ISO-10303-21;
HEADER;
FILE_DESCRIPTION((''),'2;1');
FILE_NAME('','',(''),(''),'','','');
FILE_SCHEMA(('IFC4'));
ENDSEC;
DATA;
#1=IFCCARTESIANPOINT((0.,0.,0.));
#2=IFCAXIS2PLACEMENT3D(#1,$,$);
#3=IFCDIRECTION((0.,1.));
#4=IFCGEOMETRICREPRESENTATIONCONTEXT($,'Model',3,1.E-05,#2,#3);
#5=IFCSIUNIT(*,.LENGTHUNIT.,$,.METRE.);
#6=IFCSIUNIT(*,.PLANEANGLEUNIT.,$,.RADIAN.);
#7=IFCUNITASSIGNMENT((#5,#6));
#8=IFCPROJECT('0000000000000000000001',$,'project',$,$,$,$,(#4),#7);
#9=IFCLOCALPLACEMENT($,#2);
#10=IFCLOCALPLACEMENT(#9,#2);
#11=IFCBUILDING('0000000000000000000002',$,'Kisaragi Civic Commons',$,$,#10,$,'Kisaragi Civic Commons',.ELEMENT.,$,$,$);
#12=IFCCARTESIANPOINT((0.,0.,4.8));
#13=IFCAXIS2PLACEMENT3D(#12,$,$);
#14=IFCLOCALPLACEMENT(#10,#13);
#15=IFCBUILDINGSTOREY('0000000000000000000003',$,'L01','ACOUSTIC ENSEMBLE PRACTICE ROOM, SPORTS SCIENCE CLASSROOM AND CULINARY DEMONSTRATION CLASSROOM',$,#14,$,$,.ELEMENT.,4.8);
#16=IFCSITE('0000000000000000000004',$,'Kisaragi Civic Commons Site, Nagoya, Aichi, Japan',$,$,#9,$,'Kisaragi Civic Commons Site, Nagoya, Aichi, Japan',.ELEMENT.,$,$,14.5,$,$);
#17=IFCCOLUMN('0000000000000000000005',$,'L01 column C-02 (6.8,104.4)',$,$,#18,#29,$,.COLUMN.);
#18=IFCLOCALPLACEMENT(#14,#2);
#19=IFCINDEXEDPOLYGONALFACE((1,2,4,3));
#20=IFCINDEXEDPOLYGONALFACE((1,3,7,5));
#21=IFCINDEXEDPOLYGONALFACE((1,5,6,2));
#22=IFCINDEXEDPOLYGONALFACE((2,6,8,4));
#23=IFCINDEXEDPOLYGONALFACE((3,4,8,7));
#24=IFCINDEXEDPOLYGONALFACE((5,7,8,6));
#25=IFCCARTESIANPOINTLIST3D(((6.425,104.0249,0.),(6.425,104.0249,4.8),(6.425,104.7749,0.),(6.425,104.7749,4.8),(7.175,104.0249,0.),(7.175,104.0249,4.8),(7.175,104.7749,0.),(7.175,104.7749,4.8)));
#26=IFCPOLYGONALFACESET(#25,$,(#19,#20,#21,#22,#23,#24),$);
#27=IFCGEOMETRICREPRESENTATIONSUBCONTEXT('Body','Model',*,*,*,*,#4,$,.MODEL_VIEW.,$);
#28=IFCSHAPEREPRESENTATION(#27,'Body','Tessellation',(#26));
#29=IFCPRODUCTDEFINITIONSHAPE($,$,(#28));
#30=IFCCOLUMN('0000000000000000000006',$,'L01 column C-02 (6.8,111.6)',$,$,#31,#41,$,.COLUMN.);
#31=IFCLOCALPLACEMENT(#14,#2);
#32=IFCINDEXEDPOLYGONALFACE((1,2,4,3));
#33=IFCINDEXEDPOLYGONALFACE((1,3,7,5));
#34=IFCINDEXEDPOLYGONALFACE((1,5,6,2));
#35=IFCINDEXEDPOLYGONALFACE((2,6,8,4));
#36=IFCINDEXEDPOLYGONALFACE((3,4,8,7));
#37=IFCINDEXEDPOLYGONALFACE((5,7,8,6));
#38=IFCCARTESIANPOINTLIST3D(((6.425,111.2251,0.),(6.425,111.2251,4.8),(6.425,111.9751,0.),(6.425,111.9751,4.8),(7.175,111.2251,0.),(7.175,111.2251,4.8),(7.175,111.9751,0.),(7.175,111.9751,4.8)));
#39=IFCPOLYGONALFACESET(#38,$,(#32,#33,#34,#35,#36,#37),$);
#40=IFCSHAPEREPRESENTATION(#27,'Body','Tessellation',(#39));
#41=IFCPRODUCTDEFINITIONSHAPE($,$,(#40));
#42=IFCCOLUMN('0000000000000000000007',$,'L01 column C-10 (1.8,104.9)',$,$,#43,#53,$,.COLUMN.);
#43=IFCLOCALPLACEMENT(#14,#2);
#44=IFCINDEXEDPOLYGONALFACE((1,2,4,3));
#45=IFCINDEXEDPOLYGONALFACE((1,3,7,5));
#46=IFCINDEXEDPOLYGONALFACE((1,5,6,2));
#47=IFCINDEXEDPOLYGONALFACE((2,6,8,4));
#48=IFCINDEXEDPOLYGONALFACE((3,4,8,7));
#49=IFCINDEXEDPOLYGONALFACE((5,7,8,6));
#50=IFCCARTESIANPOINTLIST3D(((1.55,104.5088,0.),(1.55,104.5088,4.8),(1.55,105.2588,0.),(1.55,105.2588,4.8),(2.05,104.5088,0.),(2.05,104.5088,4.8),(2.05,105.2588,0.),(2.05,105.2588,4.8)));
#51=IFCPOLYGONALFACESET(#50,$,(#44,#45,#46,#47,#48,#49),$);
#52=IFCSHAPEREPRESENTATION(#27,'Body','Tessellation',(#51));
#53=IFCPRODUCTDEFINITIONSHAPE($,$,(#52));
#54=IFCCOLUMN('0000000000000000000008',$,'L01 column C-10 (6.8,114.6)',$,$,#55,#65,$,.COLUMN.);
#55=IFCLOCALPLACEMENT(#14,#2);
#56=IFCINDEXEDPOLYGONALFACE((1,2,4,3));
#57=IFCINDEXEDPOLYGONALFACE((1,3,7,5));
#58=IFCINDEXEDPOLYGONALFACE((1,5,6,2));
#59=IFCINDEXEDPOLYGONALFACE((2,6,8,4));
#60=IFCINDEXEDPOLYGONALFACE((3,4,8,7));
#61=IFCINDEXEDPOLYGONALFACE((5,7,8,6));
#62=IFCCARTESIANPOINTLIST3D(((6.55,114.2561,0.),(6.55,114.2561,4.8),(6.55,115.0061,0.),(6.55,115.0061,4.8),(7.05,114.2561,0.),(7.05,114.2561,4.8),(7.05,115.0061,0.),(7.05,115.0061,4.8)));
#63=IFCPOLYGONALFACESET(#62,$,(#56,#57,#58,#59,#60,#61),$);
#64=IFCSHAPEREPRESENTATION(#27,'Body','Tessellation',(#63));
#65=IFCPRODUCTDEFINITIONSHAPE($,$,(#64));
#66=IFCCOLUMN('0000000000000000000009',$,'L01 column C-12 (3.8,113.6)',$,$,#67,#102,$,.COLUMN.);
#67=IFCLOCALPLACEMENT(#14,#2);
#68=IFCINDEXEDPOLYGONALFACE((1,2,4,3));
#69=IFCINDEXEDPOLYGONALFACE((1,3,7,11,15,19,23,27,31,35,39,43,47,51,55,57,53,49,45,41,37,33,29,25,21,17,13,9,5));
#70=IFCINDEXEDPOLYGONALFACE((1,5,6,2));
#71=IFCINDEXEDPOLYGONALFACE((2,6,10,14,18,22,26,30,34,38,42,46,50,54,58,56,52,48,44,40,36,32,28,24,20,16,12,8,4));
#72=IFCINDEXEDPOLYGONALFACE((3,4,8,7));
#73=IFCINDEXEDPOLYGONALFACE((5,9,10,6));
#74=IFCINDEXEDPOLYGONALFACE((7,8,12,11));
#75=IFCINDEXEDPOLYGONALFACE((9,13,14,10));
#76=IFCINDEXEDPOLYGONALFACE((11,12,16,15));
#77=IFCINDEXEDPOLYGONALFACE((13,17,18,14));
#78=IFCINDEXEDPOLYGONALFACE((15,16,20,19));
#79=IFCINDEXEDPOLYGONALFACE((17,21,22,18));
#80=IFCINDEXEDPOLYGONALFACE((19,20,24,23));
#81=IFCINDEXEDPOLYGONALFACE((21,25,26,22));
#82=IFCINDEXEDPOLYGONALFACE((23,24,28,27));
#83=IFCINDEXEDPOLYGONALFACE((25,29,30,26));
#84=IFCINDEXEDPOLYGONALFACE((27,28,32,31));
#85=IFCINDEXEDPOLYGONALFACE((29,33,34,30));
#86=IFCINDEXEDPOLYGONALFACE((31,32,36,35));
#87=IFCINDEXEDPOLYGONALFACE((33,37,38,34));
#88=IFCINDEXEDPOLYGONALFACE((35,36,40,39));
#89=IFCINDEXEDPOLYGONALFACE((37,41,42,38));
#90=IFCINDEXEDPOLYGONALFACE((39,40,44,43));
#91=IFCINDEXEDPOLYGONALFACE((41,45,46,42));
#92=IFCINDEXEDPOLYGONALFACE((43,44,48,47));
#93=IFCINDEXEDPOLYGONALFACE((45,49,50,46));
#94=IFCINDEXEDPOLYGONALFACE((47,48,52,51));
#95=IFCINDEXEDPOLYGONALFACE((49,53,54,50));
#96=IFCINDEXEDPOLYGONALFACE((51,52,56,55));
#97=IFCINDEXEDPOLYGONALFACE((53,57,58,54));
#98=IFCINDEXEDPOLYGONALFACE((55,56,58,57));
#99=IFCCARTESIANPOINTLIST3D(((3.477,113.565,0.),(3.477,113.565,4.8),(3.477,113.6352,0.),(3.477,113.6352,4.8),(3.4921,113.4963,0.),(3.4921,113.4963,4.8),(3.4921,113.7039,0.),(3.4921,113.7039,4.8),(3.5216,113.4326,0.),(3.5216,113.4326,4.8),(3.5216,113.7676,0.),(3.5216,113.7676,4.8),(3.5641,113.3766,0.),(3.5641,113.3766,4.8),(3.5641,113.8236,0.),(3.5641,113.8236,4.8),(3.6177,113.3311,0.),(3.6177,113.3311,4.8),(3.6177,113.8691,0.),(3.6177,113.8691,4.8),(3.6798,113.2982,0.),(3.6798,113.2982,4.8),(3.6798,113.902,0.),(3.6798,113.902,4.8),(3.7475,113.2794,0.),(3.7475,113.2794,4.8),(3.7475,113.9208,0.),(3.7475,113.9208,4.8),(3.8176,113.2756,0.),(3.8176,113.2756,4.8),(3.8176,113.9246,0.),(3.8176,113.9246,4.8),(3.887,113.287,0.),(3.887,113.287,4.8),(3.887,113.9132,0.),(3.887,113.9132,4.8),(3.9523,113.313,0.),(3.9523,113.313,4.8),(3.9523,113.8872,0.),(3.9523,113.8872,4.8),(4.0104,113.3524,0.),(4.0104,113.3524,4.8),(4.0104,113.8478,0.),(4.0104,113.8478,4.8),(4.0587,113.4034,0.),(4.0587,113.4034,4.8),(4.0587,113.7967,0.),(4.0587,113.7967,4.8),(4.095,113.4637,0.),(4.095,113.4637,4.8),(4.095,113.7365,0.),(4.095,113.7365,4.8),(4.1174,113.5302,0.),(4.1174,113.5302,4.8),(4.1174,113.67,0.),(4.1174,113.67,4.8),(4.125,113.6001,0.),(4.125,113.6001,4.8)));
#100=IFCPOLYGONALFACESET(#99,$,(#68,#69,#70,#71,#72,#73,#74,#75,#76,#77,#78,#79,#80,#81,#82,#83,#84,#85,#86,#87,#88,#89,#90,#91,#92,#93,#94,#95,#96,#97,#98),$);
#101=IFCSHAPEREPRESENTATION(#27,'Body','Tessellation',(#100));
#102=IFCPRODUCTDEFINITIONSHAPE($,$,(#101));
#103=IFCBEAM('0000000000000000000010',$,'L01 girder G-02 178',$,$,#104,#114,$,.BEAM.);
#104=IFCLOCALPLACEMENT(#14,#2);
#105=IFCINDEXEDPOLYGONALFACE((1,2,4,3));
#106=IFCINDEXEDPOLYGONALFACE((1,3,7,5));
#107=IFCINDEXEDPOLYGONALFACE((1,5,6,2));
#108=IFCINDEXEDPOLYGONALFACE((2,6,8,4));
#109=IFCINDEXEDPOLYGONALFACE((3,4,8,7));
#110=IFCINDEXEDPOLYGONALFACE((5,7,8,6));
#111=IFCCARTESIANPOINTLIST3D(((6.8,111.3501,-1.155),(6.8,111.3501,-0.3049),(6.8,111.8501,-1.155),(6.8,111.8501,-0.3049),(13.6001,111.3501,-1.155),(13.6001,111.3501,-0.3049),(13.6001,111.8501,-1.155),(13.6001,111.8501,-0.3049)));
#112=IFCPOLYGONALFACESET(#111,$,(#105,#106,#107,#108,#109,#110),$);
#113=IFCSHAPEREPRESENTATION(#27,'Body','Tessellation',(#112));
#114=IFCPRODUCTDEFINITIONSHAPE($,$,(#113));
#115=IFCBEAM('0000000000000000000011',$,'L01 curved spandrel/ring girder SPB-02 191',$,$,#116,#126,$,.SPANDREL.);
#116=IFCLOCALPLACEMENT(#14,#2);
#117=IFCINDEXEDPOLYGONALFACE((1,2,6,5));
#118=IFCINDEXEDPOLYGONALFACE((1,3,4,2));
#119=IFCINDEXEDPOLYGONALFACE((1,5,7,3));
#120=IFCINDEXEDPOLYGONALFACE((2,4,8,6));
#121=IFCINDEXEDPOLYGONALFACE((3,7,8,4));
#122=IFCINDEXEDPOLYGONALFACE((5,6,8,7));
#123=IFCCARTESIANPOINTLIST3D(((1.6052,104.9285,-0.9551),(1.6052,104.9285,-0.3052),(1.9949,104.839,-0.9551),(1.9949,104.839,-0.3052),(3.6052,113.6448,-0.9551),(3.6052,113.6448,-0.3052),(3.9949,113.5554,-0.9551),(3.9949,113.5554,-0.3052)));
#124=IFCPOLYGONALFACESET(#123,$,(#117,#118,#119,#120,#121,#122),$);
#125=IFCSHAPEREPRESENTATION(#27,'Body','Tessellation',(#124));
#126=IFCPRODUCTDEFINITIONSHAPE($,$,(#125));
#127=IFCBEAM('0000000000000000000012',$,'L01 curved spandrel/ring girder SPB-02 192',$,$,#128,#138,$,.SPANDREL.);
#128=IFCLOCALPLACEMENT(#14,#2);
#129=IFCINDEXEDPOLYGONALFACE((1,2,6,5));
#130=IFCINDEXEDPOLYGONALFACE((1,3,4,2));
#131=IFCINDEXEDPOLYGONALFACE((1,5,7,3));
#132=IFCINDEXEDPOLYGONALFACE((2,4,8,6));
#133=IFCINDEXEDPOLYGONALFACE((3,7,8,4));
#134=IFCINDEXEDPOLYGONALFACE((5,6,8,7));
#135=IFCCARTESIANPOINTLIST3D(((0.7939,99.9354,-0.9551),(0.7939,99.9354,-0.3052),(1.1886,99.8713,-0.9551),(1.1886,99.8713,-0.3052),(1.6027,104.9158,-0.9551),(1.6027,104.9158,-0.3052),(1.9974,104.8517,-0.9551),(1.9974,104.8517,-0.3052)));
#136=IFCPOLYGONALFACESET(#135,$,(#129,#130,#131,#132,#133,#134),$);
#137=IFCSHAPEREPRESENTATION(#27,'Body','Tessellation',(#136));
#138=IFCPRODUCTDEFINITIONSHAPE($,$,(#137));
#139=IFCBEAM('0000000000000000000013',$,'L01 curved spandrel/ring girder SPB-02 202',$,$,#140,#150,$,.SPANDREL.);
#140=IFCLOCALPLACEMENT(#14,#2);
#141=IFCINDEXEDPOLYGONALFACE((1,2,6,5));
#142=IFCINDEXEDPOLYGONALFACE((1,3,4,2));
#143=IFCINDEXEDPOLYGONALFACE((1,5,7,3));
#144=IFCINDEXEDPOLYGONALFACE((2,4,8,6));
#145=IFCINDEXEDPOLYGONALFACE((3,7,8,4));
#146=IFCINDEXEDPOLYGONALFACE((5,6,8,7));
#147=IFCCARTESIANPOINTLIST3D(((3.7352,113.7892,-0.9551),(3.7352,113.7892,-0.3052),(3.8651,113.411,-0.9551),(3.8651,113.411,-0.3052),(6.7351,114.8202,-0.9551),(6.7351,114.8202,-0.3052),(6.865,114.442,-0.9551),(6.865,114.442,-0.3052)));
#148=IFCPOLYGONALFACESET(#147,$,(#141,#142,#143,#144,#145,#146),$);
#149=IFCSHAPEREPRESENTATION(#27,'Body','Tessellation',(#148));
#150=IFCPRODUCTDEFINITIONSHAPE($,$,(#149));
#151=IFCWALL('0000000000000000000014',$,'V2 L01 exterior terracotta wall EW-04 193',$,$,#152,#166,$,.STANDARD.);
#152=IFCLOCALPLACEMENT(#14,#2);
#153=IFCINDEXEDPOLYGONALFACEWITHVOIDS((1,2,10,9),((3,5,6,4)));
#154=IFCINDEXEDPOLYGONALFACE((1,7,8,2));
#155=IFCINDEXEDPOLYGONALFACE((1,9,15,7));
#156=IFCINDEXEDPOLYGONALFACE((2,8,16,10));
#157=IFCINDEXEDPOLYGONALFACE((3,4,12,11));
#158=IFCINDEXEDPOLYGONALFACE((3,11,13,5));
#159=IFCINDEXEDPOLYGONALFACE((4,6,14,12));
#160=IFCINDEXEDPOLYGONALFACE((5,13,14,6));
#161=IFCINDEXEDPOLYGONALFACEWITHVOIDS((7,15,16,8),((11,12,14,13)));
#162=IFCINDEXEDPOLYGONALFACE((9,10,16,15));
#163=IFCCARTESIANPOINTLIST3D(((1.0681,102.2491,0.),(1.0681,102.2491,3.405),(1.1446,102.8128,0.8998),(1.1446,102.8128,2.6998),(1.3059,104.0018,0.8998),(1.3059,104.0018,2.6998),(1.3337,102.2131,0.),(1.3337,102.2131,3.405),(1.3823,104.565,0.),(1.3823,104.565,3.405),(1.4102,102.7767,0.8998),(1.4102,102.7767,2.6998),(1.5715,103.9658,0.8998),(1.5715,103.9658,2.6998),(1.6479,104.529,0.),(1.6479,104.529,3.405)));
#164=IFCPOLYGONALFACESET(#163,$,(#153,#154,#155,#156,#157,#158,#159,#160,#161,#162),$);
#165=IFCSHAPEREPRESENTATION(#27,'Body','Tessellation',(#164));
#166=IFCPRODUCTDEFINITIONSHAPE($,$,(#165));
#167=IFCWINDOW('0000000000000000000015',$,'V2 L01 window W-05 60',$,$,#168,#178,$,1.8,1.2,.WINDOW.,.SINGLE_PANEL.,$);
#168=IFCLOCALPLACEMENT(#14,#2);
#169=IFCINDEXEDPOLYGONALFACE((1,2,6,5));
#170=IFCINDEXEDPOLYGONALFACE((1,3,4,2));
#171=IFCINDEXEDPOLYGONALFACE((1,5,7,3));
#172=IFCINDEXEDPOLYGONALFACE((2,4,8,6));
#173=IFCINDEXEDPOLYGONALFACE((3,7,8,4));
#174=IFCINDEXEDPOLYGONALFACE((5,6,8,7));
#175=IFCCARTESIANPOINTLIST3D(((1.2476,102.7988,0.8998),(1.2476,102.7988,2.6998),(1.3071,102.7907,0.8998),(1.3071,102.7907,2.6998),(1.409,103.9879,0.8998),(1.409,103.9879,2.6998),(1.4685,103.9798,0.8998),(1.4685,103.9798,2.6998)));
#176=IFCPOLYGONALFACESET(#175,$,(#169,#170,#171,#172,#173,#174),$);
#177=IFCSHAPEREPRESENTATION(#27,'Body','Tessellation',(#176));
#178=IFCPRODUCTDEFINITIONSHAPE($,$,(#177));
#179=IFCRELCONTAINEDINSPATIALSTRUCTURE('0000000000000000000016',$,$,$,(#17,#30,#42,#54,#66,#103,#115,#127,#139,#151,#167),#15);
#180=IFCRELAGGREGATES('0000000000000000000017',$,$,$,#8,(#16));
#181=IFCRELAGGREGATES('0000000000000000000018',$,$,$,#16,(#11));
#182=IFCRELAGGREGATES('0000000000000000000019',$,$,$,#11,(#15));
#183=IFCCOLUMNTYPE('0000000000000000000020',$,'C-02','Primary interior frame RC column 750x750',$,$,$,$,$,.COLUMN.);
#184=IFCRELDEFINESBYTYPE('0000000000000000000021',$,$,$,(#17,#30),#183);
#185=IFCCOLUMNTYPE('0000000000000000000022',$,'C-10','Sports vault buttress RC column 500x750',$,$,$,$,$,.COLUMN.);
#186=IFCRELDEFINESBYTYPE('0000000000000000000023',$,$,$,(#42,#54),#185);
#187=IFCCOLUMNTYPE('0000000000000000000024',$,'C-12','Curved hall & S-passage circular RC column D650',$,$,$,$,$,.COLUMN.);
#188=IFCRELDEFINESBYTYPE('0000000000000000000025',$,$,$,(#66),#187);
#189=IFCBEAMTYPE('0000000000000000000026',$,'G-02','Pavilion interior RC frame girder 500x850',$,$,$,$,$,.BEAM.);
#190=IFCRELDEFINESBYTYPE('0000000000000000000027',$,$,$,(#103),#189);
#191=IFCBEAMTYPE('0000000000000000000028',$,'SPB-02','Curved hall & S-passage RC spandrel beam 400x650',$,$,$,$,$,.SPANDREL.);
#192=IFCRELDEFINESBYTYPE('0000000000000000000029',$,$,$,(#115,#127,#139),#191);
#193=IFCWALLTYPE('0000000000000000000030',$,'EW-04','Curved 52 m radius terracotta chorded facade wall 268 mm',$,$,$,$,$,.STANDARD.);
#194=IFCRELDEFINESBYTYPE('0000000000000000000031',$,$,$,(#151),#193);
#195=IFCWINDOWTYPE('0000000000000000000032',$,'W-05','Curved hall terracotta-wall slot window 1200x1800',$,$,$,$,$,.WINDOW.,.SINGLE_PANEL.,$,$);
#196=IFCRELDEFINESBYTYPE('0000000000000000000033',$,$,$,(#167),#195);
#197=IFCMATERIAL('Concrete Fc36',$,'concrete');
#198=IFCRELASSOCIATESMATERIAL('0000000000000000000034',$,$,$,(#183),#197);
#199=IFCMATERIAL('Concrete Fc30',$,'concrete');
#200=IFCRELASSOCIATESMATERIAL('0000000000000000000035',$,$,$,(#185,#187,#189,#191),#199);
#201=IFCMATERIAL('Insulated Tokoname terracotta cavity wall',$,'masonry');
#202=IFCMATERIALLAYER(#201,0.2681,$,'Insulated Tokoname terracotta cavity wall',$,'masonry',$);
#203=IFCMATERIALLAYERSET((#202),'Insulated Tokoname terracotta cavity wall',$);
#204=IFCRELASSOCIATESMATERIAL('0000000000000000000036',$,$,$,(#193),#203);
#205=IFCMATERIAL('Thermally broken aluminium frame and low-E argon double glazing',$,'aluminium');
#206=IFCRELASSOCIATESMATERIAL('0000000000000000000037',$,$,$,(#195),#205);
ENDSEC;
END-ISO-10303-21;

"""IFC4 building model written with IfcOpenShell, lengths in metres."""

from ifc_helpers import new_model, si_unit, direction, frame, frame_2d, origin, origin_2d, place, context, subcontext, project, spatial, rectangle, circle, extrude, material, layer, layer_set, material_profile, profile_set, type_object, element, fill, save


model = new_model("IFC4")

# Units and contexts
model_context = context("Model", 3, precision=1e-05, world=origin(), true_north=direction((0.0, 1.0)))
body_context = subcontext(model_context, "Body", "Model", "MODEL_VIEW")
ifc_project = project(units=[si_unit("LENGTHUNIT", "METRE"), si_unit("PLANEANGLEUNIT", "RADIAN")], contexts=[model_context])

# Site, building, storey
site_placement = place(None, origin())
site = spatial("IfcSite", under=ifc_project, at=site_placement, Name="Kisaragi Civic Commons Site, Nagoya, Aichi, Japan", LongName="Kisaragi Civic Commons Site, Nagoya, Aichi, Japan", CompositionType="ELEMENT", RefElevation=14.5)
building_placement = place(site_placement, origin())
building = spatial("IfcBuilding", under=site, at=building_placement, Name="Kisaragi Civic Commons", LongName="Kisaragi Civic Commons", CompositionType="ELEMENT")
storey_placement = place(building_placement, frame((0.0, 0.0, 4.8)))
storey = spatial("IfcBuildingStorey", under=building, at=storey_placement, Name="L01", Description="ACOUSTIC ENSEMBLE PRACTICE ROOM, SPORTS SCIENCE CLASSROOM AND CULINARY DEMONSTRATION CLASSROOM", CompositionType="ELEMENT", Elevation=4.8)

# Columns
ifc_material_1 = material(Name="Concrete Fc36", Category="concrete")
ifc_material_profile_1 = material_profile(ifc_material_1, rectangle(XDim=0.75, YDim=0.75, at=origin_2d()), Name="RC-750x750", Category="concrete")
ifc_profile_set_1 = profile_set([ifc_material_profile_1], Name="Concrete Fc36")
column_type_1 = type_object("IfcColumnType", Name="C-02", Description="Primary interior frame RC column 750x750", PredefinedType="COLUMN", material=ifc_profile_set_1)
for number, where, z_axis, x_axis, name in (
    (1, (6.8, 104.3999, 0.0), (0.0, 0.0, 1.0), (1.0, 0.0, 0.0), "L01 column C-02 (6.8,104.4)"),
    (2, (6.8, 111.6001, 0.0), (0.0, 0.0, 1.0), (1.0, 0.0, 0.0), "L01 column C-02 (6.8,111.6)"),
):
    element("IfcColumn", number, at=place(storey_placement, frame(where, z_axis=z_axis, x_axis=x_axis)), inside=storey, type_object=column_type_1, Name=name, PredefinedType="COLUMN", context=body_context, shape_type="SweptSolid", body=[
        extrude(rectangle(XDim=0.75, YDim=0.75, at=origin_2d()), origin(), (0.0, 0.0, 1.0), 4.8),
    ])
ifc_material_2 = material(Name="Concrete Fc30", Category="concrete")
ifc_material_profile_2 = material_profile(ifc_material_2, rectangle(XDim=0.5, YDim=0.75, at=origin_2d()), Name="RC-500x750", Category="concrete")
ifc_profile_set_2 = profile_set([ifc_material_profile_2], Name="Concrete Fc30")
column_type_2 = type_object("IfcColumnType", Name="C-10", Description="Sports vault buttress RC column 500x750", PredefinedType="COLUMN", material=ifc_profile_set_2)
for number, where, z_axis, x_axis, name in (
    (3, (1.8, 104.8838, 0.0), (0.0, 0.0, 1.0), (1.0, 0.0, 0.0), "L01 column C-10 (1.8,104.9)"),
    (4, (6.8, 114.6311, 0.0), (0.0, 0.0, 1.0), (1.0, 0.0, 0.0), "L01 column C-10 (6.8,114.6)"),
):
    element("IfcColumn", number, at=place(storey_placement, frame(where, z_axis=z_axis, x_axis=x_axis)), inside=storey, type_object=column_type_2, Name=name, PredefinedType="COLUMN", context=body_context, shape_type="SweptSolid", body=[
        extrude(rectangle(XDim=0.5, YDim=0.75, at=origin_2d()), origin(), (0.0, 0.0, 1.0), 4.8),
    ])
ifc_material_profile_3 = material_profile(ifc_material_2, circle(Radius=0.325, at=origin_2d()), Name="RC-D650", Category="concrete")
ifc_profile_set_3 = profile_set([ifc_material_profile_3], Name="Concrete Fc30")
column_type_3 = type_object("IfcColumnType", Name="C-12", Description="Curved hall & S-passage circular RC column D650", PredefinedType="COLUMN", material=ifc_profile_set_3)
column_placement = place(storey_placement, frame((3.8, 113.6001, 0.0), z_axis=(0.0, 0.0, 1.0), x_axis=(1.0, 0.0, 0.0)))
element("IfcColumn", 5, at=column_placement, inside=storey, type_object=column_type_3, Name="L01 column C-12 (3.8,113.6)", PredefinedType="COLUMN", context=body_context, shape_type="SweptSolid", body=[
    extrude(circle(Radius=0.325, at=origin_2d()), origin(), (0.0, 0.0, 1.0), 4.8),
])

# Beams
ifc_material_profile_4 = material_profile(ifc_material_2, rectangle(XDim=0.5, YDim=0.8501, at=origin_2d()), Name="RC-500x850", Category="concrete")
ifc_profile_set_4 = profile_set([ifc_material_profile_4], Name="Concrete Fc30")
beam_type_1 = type_object("IfcBeamType", Name="G-02", Description="Pavilion interior RC frame girder 500x850", PredefinedType="BEAM", material=ifc_profile_set_4)
beam_1_placement = place(storey_placement, frame((6.8, 111.6001, -0.73), z_axis=(1.0, 0.0, 0.0), x_axis=(0.0, 1.0, 0.0)))
element("IfcBeam", 6, at=beam_1_placement, inside=storey, type_object=beam_type_1, Name="L01 girder G-02 178", PredefinedType="BEAM", context=body_context, shape_type="SweptSolid", body=[
    extrude(rectangle(XDim=0.5, YDim=0.8501, at=origin_2d()), origin(), (0.0, 0.0, 1.0), 6.8),
])
ifc_material_profile_5 = material_profile(ifc_material_2, rectangle(XDim=0.3999, YDim=0.6499, at=origin_2d()), Name="RC-400x650", Category="concrete")
ifc_profile_set_5 = profile_set([ifc_material_profile_5], Name="Concrete Fc30")
beam_type_2 = type_object("IfcBeamType", Name="SPB-02", Description="Curved hall & S-passage RC spandrel beam 400x650", PredefinedType="SPANDREL", material=ifc_profile_set_5)
beam_2_placement = place(storey_placement, frame((3.8, 113.6001, -0.6301), z_axis=(-0.223643, -0.974671, 0.0), x_axis=(0.974671, -0.223643, 0.0)))
element("IfcBeam", 7, at=beam_2_placement, inside=storey, type_object=beam_type_2, Name="L01 curved spandrel/ring girder SPB-02 191", PredefinedType="SPANDREL", context=body_context, shape_type="SweptSolid", body=[
    extrude(rectangle(XDim=0.3999, YDim=0.6499, at=origin_2d()), origin(), (0.0, 0.0, 1.0), 8.9429),
])
beam_3_placement = place(storey_placement, frame((1.8, 104.8838, -0.6301), z_axis=(-0.160302, -0.987068, 0.0), x_axis=(0.987068, -0.160302, 0.0)))
element("IfcBeam", 8, at=beam_3_placement, inside=storey, type_object=beam_type_2, Name="L01 curved spandrel/ring girder SPB-02 192", PredefinedType="SPANDREL", context=body_context, shape_type="SweptSolid", body=[
    extrude(rectangle(XDim=0.3999, YDim=0.6499, at=origin_2d()), origin(), (0.0, 0.0, 1.0), 5.0457),
])
beam_4_placement = place(storey_placement, frame((6.8, 114.6311, -0.6301), z_axis=(-0.94571, -0.325011, 0.0), x_axis=(0.325011, -0.94571, 0.0)))
element("IfcBeam", 9, at=beam_4_placement, inside=storey, type_object=beam_type_2, Name="L01 curved spandrel/ring girder SPB-02 202", PredefinedType="SPANDREL", context=body_context, shape_type="SweptSolid", body=[
    extrude(rectangle(XDim=0.3999, YDim=0.6499, at=origin_2d()), origin(), (0.0, 0.0, 1.0), 3.1721),
])

# Wall, opening, window
ifc_material_3 = material(Name="Insulated Tokoname terracotta cavity wall", Category="masonry")
ifc_layer_1 = layer(ifc_material_3, 0.2681, Name="Insulated Tokoname terracotta cavity wall", Category="masonry")
ifc_layer_set_1 = layer_set([ifc_layer_1], Name="Insulated Tokoname terracotta cavity wall")
wall_type_1 = type_object("IfcWallType", Name="EW-04", Description="Curved 52 m radius terracotta chorded facade wall 268 mm", PredefinedType="STANDARD", material=ifc_layer_set_1)
wall_1_placement = place(storey_placement, frame((1.2009, 102.2312, 0.0), z_axis=(0.0, 0.0, 1.0), x_axis=(0.134442, 0.990921, 0.0)))
wall_1 = element("IfcWall", 10, at=wall_1_placement, inside=storey, type_object=wall_type_1, Name="V2 L01 exterior terracotta wall EW-04 193", PredefinedType="STANDARD", context=body_context, shape_type="SweptSolid", body=[
    extrude(rectangle(XDim=2.3372, YDim=0.2681, at=frame_2d((1.1685, 0.0))), origin(), (0.0, 0.0, 1.0), 3.405),
])
opening_1_placement = place(wall_1_placement, frame((0.5686, 0.0, 0.8999)))
opening_1 = element("IfcOpeningElement", 11, at=opening_1_placement, cuts=wall_1, PredefinedType="OPENING", context=body_context, shape_type="SweptSolid", body=[
    extrude(rectangle(XDim=1.2, YDim=1.8, at=frame_2d((0.6001, 0.8999))), frame((0.0, 0.144, 0.0), z_axis=(0.0, -1.0, 0.0), x_axis=(1.0, 0.0, 0.0)), (0.0, 0.0, 1.0), 0.2881),
])
ifc_material_4 = material(Name="Thermally broken aluminium frame and low-E argon double glazing", Category="aluminium")
window_type = type_object("IfcWindowType", Name="W-05", Description="Curved hall terracotta-wall slot window 1200x1800", PartitioningType="SINGLE_PANEL", PredefinedType="WINDOW", material=ifc_material_4)
window_1_placement = place(opening_1_placement, origin())
window_1 = element("IfcWindow", 12, at=window_1_placement, inside=storey, type_object=window_type, Name="V2 L01 window W-05 60", OverallHeight=1.8, OverallWidth=1.2, PartitioningType="SINGLE_PANEL", PredefinedType="WINDOW", context=body_context, shape_type="SweptSolid", body=[
    extrude(rectangle(XDim=1.2, YDim=1.8, at=frame_2d((0.6001, 0.8999))), frame((0.0, 0.03, 0.0), z_axis=(0.0, -1.0, 0.0), x_axis=(1.0, 0.0, 0.0)), (0.0, 0.0, 1.0), 0.0601),
])
fill(opening_1, window_1)

save(model, "model.ifc")
